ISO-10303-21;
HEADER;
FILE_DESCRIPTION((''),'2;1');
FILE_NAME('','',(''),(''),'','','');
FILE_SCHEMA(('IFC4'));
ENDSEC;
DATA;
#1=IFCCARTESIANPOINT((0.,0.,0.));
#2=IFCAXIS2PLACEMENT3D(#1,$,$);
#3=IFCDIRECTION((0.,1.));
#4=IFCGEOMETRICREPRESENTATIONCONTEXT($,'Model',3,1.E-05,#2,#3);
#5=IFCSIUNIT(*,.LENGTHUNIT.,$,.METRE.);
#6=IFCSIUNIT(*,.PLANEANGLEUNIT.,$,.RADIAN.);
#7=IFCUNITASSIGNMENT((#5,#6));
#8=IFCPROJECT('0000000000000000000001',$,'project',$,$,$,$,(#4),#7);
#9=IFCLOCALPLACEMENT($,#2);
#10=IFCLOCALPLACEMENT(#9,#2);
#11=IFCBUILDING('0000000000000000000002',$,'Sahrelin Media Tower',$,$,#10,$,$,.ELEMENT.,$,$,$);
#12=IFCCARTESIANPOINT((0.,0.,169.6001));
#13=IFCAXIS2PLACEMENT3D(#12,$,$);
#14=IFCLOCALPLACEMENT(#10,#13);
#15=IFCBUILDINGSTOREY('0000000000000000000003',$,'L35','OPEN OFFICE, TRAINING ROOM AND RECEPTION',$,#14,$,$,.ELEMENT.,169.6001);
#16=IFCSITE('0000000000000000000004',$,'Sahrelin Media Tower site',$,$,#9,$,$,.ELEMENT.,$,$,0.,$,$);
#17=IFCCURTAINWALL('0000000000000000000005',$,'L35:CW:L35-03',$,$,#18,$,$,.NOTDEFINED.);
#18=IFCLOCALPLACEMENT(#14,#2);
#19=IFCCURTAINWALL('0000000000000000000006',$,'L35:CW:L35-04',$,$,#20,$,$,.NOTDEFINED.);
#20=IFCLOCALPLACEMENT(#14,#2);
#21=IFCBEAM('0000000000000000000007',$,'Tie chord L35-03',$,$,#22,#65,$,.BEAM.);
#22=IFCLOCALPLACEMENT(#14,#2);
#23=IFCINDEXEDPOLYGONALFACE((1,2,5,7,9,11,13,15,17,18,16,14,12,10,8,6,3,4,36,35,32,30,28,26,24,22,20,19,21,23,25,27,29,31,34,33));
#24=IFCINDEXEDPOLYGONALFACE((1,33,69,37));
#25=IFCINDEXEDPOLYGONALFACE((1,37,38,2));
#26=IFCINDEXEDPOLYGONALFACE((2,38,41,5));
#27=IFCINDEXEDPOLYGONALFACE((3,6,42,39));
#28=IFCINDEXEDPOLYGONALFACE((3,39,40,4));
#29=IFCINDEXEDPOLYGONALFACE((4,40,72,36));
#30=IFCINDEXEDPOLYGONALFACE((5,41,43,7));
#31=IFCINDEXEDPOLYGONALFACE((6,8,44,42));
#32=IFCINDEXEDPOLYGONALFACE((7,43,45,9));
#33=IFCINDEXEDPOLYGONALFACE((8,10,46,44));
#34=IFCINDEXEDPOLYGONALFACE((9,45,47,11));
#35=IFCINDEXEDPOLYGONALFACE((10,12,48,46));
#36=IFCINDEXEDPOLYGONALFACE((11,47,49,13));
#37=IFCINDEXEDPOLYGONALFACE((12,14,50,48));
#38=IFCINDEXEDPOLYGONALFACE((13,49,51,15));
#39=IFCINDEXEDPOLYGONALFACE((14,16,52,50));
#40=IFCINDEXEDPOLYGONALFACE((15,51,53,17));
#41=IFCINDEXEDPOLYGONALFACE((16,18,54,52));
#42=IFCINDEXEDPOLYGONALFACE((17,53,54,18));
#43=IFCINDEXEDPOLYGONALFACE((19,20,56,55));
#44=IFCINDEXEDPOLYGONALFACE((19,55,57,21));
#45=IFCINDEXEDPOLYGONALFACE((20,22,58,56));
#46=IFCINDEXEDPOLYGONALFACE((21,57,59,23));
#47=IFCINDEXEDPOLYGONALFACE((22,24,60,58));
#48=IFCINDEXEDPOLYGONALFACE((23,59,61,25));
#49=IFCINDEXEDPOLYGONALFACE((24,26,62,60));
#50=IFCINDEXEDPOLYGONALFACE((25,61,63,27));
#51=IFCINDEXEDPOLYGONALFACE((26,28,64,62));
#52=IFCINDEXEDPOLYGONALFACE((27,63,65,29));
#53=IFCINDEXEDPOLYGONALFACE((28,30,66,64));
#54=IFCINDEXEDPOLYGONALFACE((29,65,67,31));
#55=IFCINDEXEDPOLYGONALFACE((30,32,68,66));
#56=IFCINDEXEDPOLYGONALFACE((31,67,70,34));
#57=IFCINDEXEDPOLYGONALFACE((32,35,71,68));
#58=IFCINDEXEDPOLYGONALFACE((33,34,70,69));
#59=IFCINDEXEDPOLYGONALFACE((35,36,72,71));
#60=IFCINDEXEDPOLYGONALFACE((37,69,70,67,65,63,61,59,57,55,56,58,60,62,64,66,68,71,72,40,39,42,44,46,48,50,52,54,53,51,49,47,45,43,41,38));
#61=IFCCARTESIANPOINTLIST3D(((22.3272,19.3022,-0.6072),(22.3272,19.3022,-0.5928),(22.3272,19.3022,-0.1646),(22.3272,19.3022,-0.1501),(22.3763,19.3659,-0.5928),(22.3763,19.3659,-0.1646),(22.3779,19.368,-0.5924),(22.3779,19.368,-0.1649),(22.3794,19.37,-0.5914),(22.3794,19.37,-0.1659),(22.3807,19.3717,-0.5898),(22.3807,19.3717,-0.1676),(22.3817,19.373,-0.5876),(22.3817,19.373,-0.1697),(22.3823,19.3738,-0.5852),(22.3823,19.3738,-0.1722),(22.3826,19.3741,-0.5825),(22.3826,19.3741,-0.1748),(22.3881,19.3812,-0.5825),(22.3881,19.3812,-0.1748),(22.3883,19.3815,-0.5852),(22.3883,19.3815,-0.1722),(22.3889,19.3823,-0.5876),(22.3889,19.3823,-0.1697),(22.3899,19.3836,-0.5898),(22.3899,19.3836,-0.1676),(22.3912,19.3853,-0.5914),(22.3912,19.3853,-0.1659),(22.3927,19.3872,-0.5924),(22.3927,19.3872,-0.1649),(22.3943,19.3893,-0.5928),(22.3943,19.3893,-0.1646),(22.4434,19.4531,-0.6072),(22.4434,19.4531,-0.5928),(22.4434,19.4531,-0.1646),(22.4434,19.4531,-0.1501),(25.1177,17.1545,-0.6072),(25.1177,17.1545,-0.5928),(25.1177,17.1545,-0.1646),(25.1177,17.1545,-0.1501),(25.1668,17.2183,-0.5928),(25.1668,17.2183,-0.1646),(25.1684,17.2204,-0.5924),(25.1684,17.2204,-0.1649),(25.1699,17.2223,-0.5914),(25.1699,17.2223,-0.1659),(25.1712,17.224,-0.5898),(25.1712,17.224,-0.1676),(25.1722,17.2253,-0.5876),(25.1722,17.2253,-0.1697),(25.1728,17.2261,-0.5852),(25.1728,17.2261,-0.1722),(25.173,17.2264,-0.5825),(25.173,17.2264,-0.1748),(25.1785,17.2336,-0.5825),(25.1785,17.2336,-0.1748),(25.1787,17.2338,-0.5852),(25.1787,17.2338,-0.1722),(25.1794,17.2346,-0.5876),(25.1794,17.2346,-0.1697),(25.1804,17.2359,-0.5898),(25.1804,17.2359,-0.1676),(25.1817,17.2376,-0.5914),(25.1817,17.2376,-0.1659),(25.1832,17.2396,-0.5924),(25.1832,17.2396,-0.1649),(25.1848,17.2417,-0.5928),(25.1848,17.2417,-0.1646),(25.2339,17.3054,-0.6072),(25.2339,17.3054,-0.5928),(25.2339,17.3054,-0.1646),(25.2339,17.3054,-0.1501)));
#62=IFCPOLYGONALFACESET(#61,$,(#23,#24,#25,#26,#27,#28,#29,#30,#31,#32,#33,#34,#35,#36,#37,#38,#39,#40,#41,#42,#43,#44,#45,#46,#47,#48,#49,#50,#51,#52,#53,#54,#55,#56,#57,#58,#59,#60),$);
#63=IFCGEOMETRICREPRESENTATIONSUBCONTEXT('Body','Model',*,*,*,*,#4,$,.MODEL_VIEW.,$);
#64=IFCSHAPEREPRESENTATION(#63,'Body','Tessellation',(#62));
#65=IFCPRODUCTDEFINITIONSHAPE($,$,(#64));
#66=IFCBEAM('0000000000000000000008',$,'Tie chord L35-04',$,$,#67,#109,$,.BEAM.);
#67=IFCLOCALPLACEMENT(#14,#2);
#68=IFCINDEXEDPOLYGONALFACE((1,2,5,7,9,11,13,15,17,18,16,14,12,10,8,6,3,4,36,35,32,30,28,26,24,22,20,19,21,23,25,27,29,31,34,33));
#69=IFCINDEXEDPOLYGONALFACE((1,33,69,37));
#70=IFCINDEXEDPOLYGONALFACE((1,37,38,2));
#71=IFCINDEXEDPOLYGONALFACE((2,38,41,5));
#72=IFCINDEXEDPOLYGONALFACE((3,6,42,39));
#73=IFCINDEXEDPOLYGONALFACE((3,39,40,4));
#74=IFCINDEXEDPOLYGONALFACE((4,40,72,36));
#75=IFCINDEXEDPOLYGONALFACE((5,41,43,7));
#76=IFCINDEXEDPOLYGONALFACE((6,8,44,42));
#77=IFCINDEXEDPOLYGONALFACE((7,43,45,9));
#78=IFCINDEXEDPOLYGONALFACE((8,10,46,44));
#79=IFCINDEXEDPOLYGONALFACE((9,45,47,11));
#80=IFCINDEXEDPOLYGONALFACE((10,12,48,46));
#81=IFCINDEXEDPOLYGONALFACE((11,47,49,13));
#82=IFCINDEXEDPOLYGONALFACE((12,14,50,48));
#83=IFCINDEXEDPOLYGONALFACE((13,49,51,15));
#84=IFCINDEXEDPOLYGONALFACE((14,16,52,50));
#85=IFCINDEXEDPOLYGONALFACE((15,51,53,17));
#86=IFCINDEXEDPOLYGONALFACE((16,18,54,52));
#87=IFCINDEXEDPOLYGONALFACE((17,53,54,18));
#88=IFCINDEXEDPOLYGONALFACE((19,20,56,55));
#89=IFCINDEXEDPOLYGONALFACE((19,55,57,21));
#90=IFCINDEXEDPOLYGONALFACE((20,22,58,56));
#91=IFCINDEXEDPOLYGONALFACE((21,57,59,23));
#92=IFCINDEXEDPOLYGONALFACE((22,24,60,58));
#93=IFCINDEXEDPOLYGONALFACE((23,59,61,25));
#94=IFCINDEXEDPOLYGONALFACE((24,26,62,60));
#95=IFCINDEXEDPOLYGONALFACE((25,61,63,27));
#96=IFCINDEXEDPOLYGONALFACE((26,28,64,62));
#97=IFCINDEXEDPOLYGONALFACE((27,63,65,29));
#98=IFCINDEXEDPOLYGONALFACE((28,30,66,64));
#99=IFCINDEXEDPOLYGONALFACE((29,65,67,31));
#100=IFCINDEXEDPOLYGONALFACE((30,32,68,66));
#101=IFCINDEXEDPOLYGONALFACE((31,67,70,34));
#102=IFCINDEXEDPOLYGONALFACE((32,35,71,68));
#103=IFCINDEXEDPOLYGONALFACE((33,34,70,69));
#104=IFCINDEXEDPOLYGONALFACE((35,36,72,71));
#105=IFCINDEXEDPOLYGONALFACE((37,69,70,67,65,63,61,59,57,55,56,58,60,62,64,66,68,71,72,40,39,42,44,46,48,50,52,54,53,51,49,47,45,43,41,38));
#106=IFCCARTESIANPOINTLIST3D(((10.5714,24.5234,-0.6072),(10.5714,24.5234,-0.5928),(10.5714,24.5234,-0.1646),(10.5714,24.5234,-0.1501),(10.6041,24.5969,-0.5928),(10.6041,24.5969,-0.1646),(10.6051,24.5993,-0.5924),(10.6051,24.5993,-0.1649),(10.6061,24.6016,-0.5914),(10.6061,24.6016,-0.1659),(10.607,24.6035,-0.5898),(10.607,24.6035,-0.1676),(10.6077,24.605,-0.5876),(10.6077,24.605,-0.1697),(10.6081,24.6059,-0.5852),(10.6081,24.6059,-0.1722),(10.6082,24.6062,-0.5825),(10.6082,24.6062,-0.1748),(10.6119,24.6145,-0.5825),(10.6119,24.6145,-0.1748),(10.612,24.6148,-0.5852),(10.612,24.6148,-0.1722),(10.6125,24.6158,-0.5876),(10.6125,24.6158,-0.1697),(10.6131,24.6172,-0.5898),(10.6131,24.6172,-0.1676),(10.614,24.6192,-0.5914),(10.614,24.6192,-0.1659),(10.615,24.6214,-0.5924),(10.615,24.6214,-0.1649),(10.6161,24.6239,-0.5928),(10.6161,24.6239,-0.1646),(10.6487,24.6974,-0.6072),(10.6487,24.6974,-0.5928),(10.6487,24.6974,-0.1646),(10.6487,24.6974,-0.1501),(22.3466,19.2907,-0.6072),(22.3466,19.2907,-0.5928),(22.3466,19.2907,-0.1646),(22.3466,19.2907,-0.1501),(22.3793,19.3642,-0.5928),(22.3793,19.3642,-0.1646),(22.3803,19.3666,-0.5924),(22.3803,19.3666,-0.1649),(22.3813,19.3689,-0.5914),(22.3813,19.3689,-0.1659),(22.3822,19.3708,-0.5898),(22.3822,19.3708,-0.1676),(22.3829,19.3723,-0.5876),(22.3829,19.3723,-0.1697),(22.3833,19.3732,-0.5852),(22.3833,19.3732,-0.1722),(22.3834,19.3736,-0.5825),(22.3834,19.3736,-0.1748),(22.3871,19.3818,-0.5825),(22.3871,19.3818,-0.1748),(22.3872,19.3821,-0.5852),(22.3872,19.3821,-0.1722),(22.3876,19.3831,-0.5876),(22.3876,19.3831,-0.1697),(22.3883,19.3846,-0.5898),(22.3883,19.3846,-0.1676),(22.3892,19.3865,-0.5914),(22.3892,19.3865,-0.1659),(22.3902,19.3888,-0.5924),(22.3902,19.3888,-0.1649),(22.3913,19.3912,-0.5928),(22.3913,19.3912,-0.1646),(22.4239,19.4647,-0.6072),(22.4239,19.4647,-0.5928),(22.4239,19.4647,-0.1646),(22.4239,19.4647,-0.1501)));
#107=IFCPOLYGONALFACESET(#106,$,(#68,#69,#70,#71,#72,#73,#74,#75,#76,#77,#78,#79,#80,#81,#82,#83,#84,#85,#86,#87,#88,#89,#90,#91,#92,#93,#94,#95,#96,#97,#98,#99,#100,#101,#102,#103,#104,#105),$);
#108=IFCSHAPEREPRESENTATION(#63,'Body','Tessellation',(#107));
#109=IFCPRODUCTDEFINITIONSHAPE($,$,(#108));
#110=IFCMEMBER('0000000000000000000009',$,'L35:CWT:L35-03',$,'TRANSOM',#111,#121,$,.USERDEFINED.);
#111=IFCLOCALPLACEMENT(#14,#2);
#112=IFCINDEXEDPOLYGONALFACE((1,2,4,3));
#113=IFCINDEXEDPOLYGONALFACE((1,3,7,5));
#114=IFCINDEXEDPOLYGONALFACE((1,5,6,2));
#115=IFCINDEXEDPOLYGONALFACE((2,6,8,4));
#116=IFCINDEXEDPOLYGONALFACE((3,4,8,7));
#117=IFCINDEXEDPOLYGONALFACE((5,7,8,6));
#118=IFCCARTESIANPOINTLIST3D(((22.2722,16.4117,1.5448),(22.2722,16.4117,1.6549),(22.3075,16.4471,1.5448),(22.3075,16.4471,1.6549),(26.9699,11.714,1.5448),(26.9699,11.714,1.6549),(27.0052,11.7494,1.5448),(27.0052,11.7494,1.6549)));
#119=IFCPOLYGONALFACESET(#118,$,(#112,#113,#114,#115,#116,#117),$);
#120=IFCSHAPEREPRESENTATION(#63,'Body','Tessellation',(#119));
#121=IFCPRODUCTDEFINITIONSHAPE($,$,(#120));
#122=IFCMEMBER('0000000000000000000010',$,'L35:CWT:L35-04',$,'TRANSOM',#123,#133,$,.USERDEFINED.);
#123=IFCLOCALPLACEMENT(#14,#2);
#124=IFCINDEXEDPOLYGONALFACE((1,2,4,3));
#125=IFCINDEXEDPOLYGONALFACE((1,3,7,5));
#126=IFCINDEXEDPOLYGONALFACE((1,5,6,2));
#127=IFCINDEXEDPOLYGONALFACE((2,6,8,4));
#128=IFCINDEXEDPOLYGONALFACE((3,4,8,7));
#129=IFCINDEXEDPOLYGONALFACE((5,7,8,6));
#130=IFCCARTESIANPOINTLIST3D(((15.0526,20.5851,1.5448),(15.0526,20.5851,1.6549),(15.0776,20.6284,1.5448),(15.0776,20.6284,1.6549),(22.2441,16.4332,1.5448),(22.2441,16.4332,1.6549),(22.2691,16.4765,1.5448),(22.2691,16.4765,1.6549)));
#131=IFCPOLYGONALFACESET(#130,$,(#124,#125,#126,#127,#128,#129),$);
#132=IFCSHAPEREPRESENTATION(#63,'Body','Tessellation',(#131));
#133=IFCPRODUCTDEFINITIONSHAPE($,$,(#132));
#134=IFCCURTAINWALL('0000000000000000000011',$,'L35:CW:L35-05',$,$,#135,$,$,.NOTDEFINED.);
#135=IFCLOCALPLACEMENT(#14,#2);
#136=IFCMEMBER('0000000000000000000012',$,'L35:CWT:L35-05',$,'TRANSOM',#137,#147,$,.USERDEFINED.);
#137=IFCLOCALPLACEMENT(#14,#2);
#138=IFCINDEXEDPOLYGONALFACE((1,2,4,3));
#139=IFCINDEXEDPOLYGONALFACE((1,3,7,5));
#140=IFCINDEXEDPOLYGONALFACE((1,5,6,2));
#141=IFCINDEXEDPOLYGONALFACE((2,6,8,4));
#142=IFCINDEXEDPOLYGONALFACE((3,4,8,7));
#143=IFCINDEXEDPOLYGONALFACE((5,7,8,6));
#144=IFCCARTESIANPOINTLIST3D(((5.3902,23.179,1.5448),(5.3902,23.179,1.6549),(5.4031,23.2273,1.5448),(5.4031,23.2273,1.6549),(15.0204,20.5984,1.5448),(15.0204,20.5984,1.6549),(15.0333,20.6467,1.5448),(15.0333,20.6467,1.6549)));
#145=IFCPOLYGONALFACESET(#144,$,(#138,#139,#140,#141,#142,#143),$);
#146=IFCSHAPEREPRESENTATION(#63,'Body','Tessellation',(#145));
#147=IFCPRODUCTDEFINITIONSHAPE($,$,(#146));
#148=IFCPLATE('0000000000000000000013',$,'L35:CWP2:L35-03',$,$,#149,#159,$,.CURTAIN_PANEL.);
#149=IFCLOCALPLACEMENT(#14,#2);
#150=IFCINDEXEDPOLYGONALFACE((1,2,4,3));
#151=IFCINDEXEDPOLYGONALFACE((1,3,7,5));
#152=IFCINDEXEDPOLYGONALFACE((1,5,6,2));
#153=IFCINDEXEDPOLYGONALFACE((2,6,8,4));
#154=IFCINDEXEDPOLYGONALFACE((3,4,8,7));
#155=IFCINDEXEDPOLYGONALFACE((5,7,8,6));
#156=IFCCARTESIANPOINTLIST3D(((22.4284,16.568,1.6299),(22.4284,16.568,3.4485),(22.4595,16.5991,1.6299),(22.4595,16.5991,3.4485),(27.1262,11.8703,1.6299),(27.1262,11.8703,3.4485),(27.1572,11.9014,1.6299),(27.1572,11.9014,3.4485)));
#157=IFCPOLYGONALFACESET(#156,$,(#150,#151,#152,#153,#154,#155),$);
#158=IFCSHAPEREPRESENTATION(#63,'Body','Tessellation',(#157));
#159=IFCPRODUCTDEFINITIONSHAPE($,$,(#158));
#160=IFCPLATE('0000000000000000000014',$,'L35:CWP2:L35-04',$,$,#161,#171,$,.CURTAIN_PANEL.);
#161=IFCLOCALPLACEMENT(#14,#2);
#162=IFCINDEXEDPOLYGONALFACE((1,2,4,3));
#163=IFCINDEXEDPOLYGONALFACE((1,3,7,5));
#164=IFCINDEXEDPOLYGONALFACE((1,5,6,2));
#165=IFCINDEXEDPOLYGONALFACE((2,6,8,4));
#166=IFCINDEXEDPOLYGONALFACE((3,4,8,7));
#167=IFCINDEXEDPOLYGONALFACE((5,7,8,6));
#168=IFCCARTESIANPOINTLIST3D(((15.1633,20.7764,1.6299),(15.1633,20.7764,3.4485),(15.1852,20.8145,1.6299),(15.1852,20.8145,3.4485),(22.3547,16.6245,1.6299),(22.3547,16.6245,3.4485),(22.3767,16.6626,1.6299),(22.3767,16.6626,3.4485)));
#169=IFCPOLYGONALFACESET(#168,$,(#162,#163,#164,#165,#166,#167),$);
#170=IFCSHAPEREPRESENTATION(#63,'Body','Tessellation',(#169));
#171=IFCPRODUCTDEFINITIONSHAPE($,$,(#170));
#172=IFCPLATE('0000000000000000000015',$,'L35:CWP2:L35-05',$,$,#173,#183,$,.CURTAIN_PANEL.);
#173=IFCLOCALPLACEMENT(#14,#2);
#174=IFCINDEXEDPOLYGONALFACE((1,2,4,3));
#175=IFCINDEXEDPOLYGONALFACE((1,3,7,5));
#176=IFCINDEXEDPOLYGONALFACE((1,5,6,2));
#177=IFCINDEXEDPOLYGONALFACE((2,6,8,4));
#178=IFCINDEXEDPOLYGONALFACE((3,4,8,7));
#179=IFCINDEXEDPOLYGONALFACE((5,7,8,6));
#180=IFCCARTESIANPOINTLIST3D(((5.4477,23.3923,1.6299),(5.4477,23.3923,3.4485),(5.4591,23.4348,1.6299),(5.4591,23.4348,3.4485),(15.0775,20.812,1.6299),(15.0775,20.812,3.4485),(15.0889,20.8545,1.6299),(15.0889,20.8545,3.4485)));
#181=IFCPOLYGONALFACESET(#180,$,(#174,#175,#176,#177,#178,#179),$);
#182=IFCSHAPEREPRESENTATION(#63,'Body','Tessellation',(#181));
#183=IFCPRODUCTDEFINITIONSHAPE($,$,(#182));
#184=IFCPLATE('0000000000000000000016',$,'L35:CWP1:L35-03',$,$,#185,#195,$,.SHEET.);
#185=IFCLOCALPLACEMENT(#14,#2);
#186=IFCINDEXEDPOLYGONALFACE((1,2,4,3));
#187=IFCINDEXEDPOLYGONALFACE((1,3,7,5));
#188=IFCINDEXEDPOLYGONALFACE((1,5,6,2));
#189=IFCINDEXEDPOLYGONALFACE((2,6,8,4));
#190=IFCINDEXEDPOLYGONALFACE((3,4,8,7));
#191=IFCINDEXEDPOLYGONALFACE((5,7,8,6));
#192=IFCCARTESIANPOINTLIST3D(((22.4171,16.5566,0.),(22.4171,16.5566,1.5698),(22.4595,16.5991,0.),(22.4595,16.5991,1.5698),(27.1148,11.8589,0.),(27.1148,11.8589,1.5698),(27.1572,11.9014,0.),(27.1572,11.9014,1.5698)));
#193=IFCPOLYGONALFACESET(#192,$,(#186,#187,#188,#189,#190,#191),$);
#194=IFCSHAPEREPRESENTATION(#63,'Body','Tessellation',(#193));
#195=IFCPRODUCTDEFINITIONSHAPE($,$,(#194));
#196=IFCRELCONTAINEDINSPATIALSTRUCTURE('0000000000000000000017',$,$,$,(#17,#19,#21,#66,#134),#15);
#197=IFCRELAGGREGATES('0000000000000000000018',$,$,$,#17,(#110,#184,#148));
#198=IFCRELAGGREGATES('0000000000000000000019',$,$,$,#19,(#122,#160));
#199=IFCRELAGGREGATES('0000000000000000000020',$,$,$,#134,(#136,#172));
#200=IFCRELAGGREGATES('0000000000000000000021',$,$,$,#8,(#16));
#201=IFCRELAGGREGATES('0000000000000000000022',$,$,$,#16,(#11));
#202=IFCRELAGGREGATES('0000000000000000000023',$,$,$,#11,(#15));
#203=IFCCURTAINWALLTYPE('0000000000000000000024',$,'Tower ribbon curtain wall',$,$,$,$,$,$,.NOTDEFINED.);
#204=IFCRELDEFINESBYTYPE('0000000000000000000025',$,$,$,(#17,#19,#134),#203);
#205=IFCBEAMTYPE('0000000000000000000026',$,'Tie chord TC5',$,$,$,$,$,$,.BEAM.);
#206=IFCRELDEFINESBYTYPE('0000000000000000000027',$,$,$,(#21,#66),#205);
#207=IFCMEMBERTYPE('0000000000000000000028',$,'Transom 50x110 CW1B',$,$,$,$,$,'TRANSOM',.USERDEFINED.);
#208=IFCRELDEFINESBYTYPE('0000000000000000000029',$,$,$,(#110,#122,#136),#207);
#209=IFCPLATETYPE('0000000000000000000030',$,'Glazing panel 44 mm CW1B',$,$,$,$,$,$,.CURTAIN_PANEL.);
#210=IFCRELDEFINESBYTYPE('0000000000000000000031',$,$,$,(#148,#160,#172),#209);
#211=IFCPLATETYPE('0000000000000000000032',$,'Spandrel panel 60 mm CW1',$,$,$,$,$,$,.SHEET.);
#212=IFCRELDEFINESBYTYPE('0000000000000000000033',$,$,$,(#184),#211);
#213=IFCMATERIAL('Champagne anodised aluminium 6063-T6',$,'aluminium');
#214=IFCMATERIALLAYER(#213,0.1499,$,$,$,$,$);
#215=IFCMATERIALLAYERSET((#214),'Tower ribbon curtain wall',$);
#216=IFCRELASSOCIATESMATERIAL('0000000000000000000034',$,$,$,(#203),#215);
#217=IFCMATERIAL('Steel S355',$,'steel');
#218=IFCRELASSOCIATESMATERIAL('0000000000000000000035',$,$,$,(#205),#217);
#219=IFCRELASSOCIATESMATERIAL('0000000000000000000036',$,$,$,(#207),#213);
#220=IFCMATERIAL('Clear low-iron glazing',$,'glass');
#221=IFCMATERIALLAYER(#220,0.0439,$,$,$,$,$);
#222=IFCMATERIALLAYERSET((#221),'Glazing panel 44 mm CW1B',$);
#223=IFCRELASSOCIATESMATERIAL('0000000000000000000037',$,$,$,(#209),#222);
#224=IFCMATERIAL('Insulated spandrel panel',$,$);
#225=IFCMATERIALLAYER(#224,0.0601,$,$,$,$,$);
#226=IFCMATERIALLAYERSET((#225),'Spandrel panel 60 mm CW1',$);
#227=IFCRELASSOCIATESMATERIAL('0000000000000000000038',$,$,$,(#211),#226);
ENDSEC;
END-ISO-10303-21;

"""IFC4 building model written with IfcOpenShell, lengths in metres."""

from ifc_helpers import new_model, si_unit, direction, frame, origin, origin_2d, place, context, subcontext, project, spatial, polyline, rectangle, i_section, outline, extrude, material, layer, layer_set, material_profile, profile_set, type_object, element, aggregate, save


model = new_model("IFC4")

# Units and contexts
model_context = context("Model", 3, precision=1e-05, world=origin(), true_north=direction((0.0, 1.0)))
body_context = subcontext(model_context, "Body", "Model", "MODEL_VIEW")
ifc_project = project(units=[si_unit("LENGTHUNIT", "METRE"), si_unit("PLANEANGLEUNIT", "RADIAN")], contexts=[model_context])

# Site, building, storey
site_placement = place(None, origin())
site = spatial("IfcSite", under=ifc_project, at=site_placement, Name="Sahrelin Media Tower site", CompositionType="ELEMENT", RefElevation=0.0)
building_placement = place(site_placement, origin())
building = spatial("IfcBuilding", under=site, at=building_placement, Name="Sahrelin Media Tower", CompositionType="ELEMENT")
storey_placement = place(building_placement, frame((0.0, 0.0, 169.6001)))
storey = spatial("IfcBuildingStorey", under=building, at=storey_placement, Name="L35", Description="OPEN OFFICE, TRAINING ROOM AND RECEPTION", CompositionType="ELEMENT", Elevation=169.6001)

# Shared definitions
ifc_material_1 = material(Name="Steel S355", Category="steel")

# Curtain walls
ifc_material_2 = material(Name="Champagne anodised aluminium 6063-T6", Category="aluminium")
ifc_layer_1 = layer(ifc_material_2, 0.1499)
ifc_layer_set_1 = layer_set([ifc_layer_1], Name="Tower ribbon curtain wall")
curtain_wall_type = type_object("IfcCurtainWallType", Name="Tower ribbon curtain wall", PredefinedType="NOTDEFINED", material=ifc_layer_set_1)
curtain_wall_1_placement = place(storey_placement, frame((24.7942, 14.2361, 0.0), z_axis=(0.0, 0.0, 1.0), x_axis=(1.0, 0.0, 0.0)))
curtain_wall_1 = element("IfcCurtainWall", 1, at=curtain_wall_1_placement, inside=storey, type_object=curtain_wall_type, Name="L35:CW:L35-03", PredefinedType="NOTDEFINED")
curtain_wall_2_placement = place(storey_placement, frame((18.771, 18.7212, 0.0), z_axis=(0.0, 0.0, 1.0), x_axis=(1.0, 0.0, 0.0)))
curtain_wall_2 = element("IfcCurtainWall", 2, at=curtain_wall_2_placement, inside=storey, type_object=curtain_wall_type, Name="L35:CW:L35-04", PredefinedType="NOTDEFINED")

# Beams
ifc_material_profile_1 = material_profile(ifc_material_1, i_section(OverallWidth=0.1904, OverallDepth=0.457, WebThickness=0.009, FlangeThickness=0.0144, FilletRadius=0.0103, at=origin_2d()), Name="UB 457x191x74")
ifc_profile_set_1 = profile_set([ifc_material_profile_1], Name="Steel S355")
beam_type_1 = type_object("IfcBeamType", Name="Tie chord TC5", PredefinedType="BEAM", material=ifc_profile_set_1)
beam_1_placement = place(storey_placement, frame((25.1758, 17.23, -0.3787), z_axis=(-0.792467, 0.609915, 0.0), x_axis=(-0.609915, -0.792467, 0.0)))
element("IfcBeam", 3, at=beam_1_placement, inside=storey, type_object=beam_type_1, Name="Tie chord L35-03", PredefinedType="BEAM", context=body_context, shape_type="SweptSolid", body=[
    extrude(i_section(OverallWidth=0.1904, OverallDepth=0.457, WebThickness=0.009, FlangeThickness=0.0144, FilletRadius=0.0103, at=origin_2d()), origin(), (0.0, 0.0, 1.0), 3.5212),
])
beam_2_placement = place(storey_placement, frame((22.3853, 19.3777, -0.3787), z_axis=(-0.913833, 0.406091, 0.0), x_axis=(-0.406091, -0.913833, 0.0)))
element("IfcBeam", 4, at=beam_2_placement, inside=storey, type_object=beam_type_1, Name="Tie chord L35-04", PredefinedType="BEAM", context=body_context, shape_type="SweptSolid", body=[
    extrude(i_section(OverallWidth=0.1904, OverallDepth=0.457, WebThickness=0.009, FlangeThickness=0.0144, FilletRadius=0.0103, at=origin_2d()), origin(), (0.0, 0.0, 1.0), 12.8855),
])

# Members
ifc_material_profile_2 = material_profile(ifc_material_2, rectangle(XDim=0.05, YDim=0.1101, at=origin_2d()), Name="Transom 50x110")
ifc_profile_set_2 = profile_set([ifc_material_profile_2], Name="Champagne anodised aluminium 6063-T6")
member_type_1 = type_object("IfcMemberType", Name="Transom 50x110 CW1B", ElementType="TRANSOM", PredefinedType="USERDEFINED", material=ifc_profile_set_2)
member_1_placement = place(storey_placement, frame((26.9875, 11.7317, 1.5999), z_axis=(-0.707107, 0.707107, 0.0), x_axis=(-0.707107, -0.707107, 0.0)))
member_1 = element("IfcMember", 5, at=member_1_placement, type_object=member_type_1, Name="L35:CWT:L35-03", ObjectType="TRANSOM", PredefinedType="USERDEFINED", context=body_context, shape_type="SweptSolid", body=[
    extrude(rectangle(XDim=0.05, YDim=0.1101, at=origin_2d()), origin(), (0.0, 0.0, 1.0), 6.6436),
])
member_2_placement = place(storey_placement, frame((22.2566, 16.4548, 1.5999), z_axis=(-0.866031, 0.499991, 0.0), x_axis=(-0.499991, -0.866031, 0.0)))
member_2 = element("IfcMember", 6, at=member_2_placement, type_object=member_type_1, Name="L35:CWT:L35-04", ObjectType="TRANSOM", PredefinedType="USERDEFINED", context=body_context, shape_type="SweptSolid", body=[
    extrude(rectangle(XDim=0.05, YDim=0.1101, at=origin_2d()), origin(), (0.0, 0.0, 1.0), 8.304),
])

# Curtain wall, member
curtain_wall_3_placement = place(storey_placement, frame((10.2688, 22.1252, 0.0), z_axis=(0.0, 0.0, 1.0), x_axis=(1.0, 0.0, 0.0)))
curtain_wall_3 = element("IfcCurtainWall", 7, at=curtain_wall_3_placement, inside=storey, type_object=curtain_wall_type, Name="L35:CW:L35-05", PredefinedType="NOTDEFINED")
member_3_placement = place(storey_placement, frame((15.0269, 20.6226, 1.5999), z_axis=(-0.965921, 0.258836, 0.0), x_axis=(-0.258836, -0.965921, 0.0)))
member_3 = element("IfcMember", 8, at=member_3_placement, type_object=member_type_1, Name="L35:CWT:L35-05", ObjectType="TRANSOM", PredefinedType="USERDEFINED", context=body_context, shape_type="SweptSolid", body=[
    extrude(rectangle(XDim=0.05, YDim=0.1101, at=origin_2d()), origin(), (0.0, 0.0, 1.0), 9.97),
])

# Plates
ifc_material_3 = material(Name="Clear low-iron glazing", Category="glass")
ifc_layer_2 = layer(ifc_material_3, 0.0439)
ifc_layer_set_2 = layer_set([ifc_layer_2], Name="Glazing panel 44 mm CW1B")
plate_type_1 = type_object("IfcPlateType", Name="Glazing panel 44 mm CW1B", PredefinedType="CURTAIN_PANEL", material=ifc_layer_set_2)
plate_1_placement = place(storey_placement, frame((27.1572, 11.9014, 1.6299), z_axis=(0.707107, 0.707107, 0.0), x_axis=(-0.707107, 0.707107, 0.0)))
plate_1 = element("IfcPlate", 9, at=plate_1_placement, type_object=plate_type_1, Name="L35:CWP2:L35-03", PredefinedType="CURTAIN_PANEL", context=body_context, shape_type="SweptSolid", body=[
    extrude(outline(polyline([(0.0, 0.0), (6.6436, 0.0), (6.6436, 1.8186), (0.0, 1.8186), (0.0, 0.0)])), origin(), (0.0, 0.0, -1.0), 0.0439),
])
plate_2_placement = place(storey_placement, frame((22.3767, 16.6626, 1.6299), z_axis=(0.499991, 0.866031, 0.0), x_axis=(-0.866031, 0.499991, 0.0)))
plate_2 = element("IfcPlate", 10, at=plate_2_placement, type_object=plate_type_1, Name="L35:CWP2:L35-04", PredefinedType="CURTAIN_PANEL", context=body_context, shape_type="SweptSolid", body=[
    extrude(outline(polyline([(0.0, 0.0), (8.304, 0.0), (8.304, 1.8186), (0.0, 1.8186), (0.0, 0.0)])), origin(), (0.0, 0.0, -1.0), 0.0439),
])
plate_3_placement = place(storey_placement, frame((15.0889, 20.8545, 1.6299), z_axis=(0.258819, 0.965926, 0.0), x_axis=(-0.965926, 0.258819, 0.0)))
plate_3 = element("IfcPlate", 11, at=plate_3_placement, type_object=plate_type_1, Name="L35:CWP2:L35-05", PredefinedType="CURTAIN_PANEL", context=body_context, shape_type="SweptSolid", body=[
    extrude(outline(polyline([(0.0, 0.0), (9.9695, 0.0), (9.9695, 1.8186), (0.0, 1.8186), (0.0, 0.0)])), origin(), (0.0, 0.0, -1.0), 0.0439),
])
ifc_material_4 = material(Name="Insulated spandrel panel")
ifc_layer_3 = layer(ifc_material_4, 0.0601)
ifc_layer_set_3 = layer_set([ifc_layer_3], Name="Spandrel panel 60 mm CW1")
plate_type_2 = type_object("IfcPlateType", Name="Spandrel panel 60 mm CW1", PredefinedType="SHEET", material=ifc_layer_set_3)
plate_4_placement = place(storey_placement, frame((27.1572, 11.9014, 0.0), z_axis=(0.707107, 0.707107, 0.0), x_axis=(-0.707107, 0.707107, 0.0)))
plate_4 = element("IfcPlate", 12, at=plate_4_placement, type_object=plate_type_2, Name="L35:CWP1:L35-03", PredefinedType="SHEET", context=body_context, shape_type="SweptSolid", body=[
    extrude(outline(polyline([(0.0, 0.0), (6.6436, 0.0), (6.6436, 1.5698), (0.0, 1.5698), (0.0, 0.0)])), origin(), (0.0, 0.0, -1.0), 0.0601),
])
aggregate(curtain_wall_1, [member_1, plate_4, plate_1])
aggregate(curtain_wall_2, [member_2, plate_2])
aggregate(curtain_wall_3, [member_3, plate_3])

save(model, "model.ifc")
